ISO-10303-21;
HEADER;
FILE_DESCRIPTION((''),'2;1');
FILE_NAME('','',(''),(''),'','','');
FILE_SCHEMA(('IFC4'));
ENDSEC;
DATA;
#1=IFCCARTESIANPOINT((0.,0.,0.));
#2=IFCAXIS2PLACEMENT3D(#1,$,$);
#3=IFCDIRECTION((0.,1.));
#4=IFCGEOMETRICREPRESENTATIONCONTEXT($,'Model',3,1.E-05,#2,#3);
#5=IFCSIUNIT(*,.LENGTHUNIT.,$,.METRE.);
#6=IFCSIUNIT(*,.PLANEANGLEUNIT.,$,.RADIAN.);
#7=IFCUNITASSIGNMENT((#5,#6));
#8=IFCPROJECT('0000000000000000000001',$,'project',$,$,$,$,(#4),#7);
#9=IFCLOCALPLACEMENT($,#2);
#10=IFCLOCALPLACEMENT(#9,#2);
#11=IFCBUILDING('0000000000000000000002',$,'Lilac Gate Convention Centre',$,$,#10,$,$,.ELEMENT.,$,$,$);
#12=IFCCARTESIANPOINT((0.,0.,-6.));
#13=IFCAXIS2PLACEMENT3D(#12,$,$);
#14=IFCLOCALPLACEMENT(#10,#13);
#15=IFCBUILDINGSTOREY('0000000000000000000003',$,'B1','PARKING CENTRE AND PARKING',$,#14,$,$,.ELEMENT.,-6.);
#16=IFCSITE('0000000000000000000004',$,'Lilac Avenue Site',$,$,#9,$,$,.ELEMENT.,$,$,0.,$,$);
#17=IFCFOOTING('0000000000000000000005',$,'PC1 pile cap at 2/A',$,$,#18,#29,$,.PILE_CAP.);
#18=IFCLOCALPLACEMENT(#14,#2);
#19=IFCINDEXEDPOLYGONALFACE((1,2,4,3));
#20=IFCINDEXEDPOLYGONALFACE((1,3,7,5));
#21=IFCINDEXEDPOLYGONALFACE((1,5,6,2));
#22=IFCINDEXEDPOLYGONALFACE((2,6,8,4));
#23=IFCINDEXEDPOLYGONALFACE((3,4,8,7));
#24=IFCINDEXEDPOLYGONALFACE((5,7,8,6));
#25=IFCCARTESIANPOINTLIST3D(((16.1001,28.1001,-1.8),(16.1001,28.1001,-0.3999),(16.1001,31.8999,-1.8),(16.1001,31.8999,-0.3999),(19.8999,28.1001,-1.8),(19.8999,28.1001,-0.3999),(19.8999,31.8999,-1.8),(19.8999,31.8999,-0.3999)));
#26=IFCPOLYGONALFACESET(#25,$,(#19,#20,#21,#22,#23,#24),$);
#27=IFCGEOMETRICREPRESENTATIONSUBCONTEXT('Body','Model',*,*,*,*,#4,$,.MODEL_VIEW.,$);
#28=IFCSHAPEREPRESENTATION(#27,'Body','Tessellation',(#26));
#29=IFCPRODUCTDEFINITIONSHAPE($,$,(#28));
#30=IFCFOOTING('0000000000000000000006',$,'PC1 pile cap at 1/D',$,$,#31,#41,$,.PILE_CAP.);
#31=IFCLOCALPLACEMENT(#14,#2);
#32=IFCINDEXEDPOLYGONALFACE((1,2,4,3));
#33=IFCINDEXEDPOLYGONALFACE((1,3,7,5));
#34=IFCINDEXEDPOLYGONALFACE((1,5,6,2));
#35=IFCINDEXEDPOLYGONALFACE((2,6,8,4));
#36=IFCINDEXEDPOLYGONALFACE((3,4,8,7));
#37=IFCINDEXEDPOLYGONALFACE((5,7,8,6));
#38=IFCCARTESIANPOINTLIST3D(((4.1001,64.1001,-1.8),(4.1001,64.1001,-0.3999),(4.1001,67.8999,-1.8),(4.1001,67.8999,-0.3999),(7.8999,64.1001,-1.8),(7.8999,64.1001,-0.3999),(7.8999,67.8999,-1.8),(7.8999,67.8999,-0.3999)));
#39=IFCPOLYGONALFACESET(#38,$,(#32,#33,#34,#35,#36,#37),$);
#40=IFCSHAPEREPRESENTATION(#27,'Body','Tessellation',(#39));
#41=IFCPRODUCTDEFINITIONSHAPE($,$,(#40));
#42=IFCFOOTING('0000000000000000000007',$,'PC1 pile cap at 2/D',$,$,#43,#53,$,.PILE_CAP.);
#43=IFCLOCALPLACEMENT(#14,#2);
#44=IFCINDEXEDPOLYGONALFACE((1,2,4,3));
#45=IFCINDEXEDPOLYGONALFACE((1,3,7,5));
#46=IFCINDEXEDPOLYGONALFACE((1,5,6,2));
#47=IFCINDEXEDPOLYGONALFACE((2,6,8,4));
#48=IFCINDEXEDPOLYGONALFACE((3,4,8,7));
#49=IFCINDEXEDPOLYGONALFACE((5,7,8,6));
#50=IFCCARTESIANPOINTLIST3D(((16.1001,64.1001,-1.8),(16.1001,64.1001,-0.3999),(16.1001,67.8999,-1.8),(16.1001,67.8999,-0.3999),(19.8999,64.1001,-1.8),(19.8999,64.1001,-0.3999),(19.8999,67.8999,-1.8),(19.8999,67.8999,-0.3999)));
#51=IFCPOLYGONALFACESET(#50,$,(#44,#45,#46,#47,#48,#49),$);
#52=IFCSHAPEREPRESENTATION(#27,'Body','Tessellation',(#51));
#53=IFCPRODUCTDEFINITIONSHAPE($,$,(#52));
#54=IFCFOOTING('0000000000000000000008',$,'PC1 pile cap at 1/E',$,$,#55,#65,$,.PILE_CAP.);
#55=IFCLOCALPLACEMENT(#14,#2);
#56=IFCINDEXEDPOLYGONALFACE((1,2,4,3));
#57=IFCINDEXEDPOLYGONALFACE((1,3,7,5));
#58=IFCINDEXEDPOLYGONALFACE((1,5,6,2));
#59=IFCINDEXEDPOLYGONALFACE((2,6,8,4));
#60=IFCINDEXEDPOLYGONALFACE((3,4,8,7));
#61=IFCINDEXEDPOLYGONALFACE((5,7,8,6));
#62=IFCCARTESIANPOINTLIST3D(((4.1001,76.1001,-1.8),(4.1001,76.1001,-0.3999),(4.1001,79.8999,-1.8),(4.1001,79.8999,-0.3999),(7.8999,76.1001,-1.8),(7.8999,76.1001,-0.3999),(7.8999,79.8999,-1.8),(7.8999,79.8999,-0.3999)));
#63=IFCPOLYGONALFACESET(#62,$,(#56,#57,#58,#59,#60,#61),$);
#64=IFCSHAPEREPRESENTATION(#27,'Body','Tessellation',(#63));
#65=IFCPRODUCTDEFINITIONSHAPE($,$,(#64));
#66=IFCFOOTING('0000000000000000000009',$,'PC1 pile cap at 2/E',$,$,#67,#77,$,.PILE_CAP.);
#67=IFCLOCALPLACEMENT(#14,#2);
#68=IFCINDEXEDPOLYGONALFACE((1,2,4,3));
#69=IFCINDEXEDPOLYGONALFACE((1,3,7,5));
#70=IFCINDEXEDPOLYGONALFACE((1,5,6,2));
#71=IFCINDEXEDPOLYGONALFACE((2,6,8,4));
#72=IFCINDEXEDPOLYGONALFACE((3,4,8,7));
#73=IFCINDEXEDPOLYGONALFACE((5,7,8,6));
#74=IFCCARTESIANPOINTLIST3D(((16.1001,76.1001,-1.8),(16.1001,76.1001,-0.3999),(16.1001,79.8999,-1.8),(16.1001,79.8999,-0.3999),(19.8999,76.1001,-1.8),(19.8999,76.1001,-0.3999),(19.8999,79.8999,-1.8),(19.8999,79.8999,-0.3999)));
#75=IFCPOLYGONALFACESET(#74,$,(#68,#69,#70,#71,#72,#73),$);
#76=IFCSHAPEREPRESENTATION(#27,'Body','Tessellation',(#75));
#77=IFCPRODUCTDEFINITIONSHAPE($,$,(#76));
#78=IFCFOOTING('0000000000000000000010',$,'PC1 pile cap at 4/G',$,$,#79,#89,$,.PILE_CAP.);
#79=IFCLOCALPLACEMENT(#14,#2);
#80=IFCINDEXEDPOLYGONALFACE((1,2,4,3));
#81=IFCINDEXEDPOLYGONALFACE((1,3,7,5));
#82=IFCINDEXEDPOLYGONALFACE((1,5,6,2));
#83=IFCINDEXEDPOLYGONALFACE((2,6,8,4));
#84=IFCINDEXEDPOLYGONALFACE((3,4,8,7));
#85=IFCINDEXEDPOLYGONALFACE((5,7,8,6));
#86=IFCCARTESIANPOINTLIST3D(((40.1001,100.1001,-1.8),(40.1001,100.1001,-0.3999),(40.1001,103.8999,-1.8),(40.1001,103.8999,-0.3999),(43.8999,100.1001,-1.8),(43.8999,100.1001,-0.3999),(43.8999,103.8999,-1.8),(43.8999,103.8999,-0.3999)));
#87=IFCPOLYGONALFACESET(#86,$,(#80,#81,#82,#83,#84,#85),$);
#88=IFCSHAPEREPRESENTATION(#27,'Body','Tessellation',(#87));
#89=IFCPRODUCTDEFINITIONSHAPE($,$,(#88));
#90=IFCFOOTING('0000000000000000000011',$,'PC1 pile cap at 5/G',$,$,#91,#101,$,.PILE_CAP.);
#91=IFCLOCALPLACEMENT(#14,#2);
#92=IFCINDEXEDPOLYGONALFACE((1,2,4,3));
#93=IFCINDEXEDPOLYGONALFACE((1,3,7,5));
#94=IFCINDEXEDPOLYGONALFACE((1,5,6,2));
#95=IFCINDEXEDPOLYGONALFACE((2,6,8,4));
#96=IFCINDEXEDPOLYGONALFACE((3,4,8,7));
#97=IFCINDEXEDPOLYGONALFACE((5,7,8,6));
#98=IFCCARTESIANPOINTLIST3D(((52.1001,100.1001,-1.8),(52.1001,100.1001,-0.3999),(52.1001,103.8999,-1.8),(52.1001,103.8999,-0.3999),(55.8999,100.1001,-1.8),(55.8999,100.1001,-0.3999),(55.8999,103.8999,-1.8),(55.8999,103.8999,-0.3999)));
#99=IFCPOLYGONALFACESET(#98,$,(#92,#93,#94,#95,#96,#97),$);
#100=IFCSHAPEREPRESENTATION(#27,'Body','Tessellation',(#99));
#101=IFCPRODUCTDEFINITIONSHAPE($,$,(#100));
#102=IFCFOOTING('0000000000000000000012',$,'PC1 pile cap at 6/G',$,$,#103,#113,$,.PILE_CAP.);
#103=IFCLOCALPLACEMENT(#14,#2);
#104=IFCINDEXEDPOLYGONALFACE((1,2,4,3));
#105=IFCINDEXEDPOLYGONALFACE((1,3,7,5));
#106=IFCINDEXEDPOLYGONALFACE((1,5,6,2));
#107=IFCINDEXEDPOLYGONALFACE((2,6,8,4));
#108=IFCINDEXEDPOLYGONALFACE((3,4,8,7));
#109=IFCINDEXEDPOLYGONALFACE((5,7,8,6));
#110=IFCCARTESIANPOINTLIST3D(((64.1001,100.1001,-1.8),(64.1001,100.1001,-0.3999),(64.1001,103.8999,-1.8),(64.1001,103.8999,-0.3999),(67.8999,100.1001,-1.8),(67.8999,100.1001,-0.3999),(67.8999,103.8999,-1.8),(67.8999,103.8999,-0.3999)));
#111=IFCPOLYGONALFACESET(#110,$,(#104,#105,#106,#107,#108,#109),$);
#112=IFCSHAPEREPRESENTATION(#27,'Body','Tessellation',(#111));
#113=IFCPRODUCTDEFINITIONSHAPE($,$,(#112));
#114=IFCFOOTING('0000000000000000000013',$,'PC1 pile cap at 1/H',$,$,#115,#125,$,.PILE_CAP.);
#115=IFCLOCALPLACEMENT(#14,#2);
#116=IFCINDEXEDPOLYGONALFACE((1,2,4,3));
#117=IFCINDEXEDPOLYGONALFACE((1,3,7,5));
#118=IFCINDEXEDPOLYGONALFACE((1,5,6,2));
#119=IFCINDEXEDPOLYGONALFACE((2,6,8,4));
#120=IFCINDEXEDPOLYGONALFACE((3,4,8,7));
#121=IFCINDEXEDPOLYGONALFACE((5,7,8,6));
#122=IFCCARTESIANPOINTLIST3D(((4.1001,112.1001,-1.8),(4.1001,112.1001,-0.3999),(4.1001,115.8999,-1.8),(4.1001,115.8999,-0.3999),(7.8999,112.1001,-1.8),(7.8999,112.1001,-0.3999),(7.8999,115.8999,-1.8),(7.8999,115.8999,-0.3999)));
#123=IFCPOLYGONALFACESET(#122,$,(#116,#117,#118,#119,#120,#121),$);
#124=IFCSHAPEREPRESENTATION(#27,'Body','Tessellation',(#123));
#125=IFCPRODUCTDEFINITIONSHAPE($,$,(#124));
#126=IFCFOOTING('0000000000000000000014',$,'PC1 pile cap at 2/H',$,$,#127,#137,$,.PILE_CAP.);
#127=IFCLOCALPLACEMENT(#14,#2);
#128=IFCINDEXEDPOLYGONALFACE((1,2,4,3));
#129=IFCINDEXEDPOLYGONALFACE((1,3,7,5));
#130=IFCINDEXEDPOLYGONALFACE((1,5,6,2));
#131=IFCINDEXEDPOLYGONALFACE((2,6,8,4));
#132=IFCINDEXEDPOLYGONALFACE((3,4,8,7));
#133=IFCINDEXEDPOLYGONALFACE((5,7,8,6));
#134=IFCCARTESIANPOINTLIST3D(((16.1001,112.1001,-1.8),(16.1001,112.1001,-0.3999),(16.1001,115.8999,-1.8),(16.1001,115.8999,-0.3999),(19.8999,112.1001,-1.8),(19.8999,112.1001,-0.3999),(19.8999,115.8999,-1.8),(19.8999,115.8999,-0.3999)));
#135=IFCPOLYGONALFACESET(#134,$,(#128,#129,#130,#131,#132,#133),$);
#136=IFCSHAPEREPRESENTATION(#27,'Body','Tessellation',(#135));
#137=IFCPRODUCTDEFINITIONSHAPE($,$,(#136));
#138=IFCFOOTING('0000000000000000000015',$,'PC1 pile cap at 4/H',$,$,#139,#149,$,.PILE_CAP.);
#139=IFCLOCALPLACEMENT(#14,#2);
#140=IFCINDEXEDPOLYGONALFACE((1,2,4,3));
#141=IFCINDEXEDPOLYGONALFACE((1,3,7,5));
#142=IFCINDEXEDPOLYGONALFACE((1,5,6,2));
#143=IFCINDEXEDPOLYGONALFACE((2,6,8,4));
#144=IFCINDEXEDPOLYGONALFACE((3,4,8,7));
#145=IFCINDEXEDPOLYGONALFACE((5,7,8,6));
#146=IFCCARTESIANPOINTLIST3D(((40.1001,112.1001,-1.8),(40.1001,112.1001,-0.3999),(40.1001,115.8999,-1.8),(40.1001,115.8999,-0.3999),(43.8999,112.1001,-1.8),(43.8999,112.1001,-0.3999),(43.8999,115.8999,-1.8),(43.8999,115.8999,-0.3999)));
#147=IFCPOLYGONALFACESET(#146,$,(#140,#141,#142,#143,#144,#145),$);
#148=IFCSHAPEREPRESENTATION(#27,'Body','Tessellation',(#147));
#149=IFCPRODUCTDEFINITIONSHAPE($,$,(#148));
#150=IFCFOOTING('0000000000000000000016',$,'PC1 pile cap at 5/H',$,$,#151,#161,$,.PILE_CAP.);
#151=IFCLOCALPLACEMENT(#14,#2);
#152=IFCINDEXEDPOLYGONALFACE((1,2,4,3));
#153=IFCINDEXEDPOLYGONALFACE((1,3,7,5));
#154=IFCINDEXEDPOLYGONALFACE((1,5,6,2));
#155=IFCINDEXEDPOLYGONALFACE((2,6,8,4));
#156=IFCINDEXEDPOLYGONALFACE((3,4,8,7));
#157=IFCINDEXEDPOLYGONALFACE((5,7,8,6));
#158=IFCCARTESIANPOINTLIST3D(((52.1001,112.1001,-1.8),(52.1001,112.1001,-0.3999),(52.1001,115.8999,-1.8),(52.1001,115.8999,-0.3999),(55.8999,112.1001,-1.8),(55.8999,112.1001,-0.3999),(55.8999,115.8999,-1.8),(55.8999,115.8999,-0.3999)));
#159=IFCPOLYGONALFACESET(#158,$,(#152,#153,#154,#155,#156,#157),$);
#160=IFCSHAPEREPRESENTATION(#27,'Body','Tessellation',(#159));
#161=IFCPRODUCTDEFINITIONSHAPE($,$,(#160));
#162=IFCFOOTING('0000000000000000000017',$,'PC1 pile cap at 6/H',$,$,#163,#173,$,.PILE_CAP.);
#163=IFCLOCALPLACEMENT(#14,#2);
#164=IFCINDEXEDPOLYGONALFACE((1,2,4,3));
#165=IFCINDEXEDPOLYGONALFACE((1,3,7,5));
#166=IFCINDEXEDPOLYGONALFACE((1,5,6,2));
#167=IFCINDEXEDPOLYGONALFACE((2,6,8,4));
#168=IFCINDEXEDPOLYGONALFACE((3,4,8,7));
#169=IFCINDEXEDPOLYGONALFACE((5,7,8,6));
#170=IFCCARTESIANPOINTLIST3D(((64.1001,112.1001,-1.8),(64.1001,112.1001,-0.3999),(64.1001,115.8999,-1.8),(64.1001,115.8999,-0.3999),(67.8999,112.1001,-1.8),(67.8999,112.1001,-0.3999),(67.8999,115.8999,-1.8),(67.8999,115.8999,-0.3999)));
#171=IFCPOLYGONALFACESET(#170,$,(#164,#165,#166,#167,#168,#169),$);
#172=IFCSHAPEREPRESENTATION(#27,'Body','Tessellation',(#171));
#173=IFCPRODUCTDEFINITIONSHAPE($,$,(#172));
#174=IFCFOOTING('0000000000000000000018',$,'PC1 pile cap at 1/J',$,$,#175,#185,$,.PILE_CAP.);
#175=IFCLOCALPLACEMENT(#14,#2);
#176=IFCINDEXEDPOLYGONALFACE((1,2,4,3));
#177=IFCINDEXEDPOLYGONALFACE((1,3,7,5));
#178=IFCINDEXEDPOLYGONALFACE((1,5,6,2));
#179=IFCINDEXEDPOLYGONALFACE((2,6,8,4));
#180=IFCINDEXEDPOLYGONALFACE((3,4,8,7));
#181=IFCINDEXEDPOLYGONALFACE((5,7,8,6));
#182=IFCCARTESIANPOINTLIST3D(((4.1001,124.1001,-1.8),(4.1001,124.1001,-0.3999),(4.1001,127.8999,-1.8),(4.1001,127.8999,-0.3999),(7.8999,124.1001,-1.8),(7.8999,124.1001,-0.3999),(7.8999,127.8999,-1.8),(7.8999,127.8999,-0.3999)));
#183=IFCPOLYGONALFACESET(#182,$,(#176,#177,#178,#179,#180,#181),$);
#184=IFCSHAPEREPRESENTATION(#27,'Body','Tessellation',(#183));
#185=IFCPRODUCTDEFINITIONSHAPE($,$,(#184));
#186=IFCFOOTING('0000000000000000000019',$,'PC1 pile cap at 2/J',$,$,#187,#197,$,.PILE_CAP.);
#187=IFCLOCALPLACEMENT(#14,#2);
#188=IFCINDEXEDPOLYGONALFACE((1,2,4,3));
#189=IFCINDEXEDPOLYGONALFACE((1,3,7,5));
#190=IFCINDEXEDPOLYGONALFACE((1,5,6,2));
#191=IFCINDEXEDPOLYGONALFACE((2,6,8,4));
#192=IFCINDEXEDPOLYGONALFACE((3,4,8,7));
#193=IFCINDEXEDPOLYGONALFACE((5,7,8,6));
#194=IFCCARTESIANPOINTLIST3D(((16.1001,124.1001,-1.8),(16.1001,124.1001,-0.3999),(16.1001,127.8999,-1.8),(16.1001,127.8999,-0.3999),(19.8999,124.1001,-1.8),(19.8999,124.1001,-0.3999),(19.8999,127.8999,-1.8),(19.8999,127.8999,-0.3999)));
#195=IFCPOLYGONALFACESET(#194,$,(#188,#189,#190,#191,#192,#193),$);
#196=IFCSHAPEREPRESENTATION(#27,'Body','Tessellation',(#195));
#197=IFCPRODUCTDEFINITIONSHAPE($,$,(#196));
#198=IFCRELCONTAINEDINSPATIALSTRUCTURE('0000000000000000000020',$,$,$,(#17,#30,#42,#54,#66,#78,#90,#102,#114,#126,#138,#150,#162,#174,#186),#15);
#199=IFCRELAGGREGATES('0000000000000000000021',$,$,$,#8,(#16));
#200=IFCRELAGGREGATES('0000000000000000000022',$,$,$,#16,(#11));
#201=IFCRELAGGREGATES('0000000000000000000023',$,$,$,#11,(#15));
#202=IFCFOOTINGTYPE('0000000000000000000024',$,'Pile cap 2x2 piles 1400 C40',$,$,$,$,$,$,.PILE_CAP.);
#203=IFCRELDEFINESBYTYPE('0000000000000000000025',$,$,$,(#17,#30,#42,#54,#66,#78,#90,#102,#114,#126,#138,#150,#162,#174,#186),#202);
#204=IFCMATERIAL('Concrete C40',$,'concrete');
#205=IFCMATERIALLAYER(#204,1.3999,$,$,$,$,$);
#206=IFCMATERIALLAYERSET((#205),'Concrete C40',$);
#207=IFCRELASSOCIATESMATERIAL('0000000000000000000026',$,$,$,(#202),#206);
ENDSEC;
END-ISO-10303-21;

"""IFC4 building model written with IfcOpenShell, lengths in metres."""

from ifc_helpers import new_model, si_unit, direction, frame, origin, place, context, subcontext, project, spatial, polyline, outline, extrude, material, layer, layer_set, type_object, element, save


model = new_model("IFC4")

# Units and contexts
model_context = context("Model", 3, precision=1e-05, world=origin(), true_north=direction((0.0, 1.0)))
body_context = subcontext(model_context, "Body", "Model", "MODEL_VIEW")
ifc_project = project(units=[si_unit("LENGTHUNIT", "METRE"), si_unit("PLANEANGLEUNIT", "RADIAN")], contexts=[model_context])

# Site, building, storey
site_placement = place(None, origin())
site = spatial("IfcSite", under=ifc_project, at=site_placement, Name="Lilac Avenue Site", CompositionType="ELEMENT", RefElevation=0.0)
building_placement = place(site_placement, origin())
building = spatial("IfcBuilding", under=site, at=building_placement, Name="Lilac Gate Convention Centre", CompositionType="ELEMENT")
storey_placement = place(building_placement, frame((0.0, 0.0, -6.0)))
storey = spatial("IfcBuildingStorey", under=building, at=storey_placement, Name="B1", Description="PARKING CENTRE AND PARKING", CompositionType="ELEMENT", Elevation=-6.0)

# Footings
ifc_material = material(Name="Concrete C40", Category="concrete")
ifc_layer_1 = layer(ifc_material, 1.3999)
ifc_layer_set_1 = layer_set([ifc_layer_1], Name="Concrete C40")
footing_type = type_object("IfcFootingType", Name="Pile cap 2x2 piles 1400 C40", PredefinedType="PILE_CAP", material=ifc_layer_set_1)
footing_1_placement = place(storey_placement, frame((0.0, 0.0, -1.8)))
element("IfcFooting", 1, at=footing_1_placement, inside=storey, type_object=footing_type, Name="PC1 pile cap at 2/A", PredefinedType="PILE_CAP", context=body_context, shape_type="SweptSolid", body=[
    extrude(outline(polyline([(16.1001, 28.1001), (19.8999, 28.1001), (19.8999, 31.8999), (16.1001, 31.8999), (16.1001, 28.1001)])), origin(), (0.0, 0.0, 1.0), 1.4001),
])
footing_2_placement = place(storey_placement, frame((0.0, 0.0, -1.8)))
element("IfcFooting", 2, at=footing_2_placement, inside=storey, type_object=footing_type, Name="PC1 pile cap at 1/D", PredefinedType="PILE_CAP", context=body_context, shape_type="SweptSolid", body=[
    extrude(outline(polyline([(4.1001, 64.1001), (7.8999, 64.1001), (7.8999, 67.8999), (4.1001, 67.8999), (4.1001, 64.1001)])), origin(), (0.0, 0.0, 1.0), 1.4001),
])
footing_3_placement = place(storey_placement, frame((0.0, 0.0, -1.8)))
element("IfcFooting", 3, at=footing_3_placement, inside=storey, type_object=footing_type, Name="PC1 pile cap at 2/D", PredefinedType="PILE_CAP", context=body_context, shape_type="SweptSolid", body=[
    extrude(outline(polyline([(16.1001, 64.1001), (19.8999, 64.1001), (19.8999, 67.8999), (16.1001, 67.8999), (16.1001, 64.1001)])), origin(), (0.0, 0.0, 1.0), 1.4001),
])
footing_4_placement = place(storey_placement, frame((0.0, 0.0, -1.8)))
element("IfcFooting", 4, at=footing_4_placement, inside=storey, type_object=footing_type, Name="PC1 pile cap at 1/E", PredefinedType="PILE_CAP", context=body_context, shape_type="SweptSolid", body=[
    extrude(outline(polyline([(4.1001, 76.1001), (7.8999, 76.1001), (7.8999, 79.8999), (4.1001, 79.8999), (4.1001, 76.1001)])), origin(), (0.0, 0.0, 1.0), 1.4001),
])
footing_5_placement = place(storey_placement, frame((0.0, 0.0, -1.8)))
element("IfcFooting", 5, at=footing_5_placement, inside=storey, type_object=footing_type, Name="PC1 pile cap at 2/E", PredefinedType="PILE_CAP", context=body_context, shape_type="SweptSolid", body=[
    extrude(outline(polyline([(16.1001, 76.1001), (19.8999, 76.1001), (19.8999, 79.8999), (16.1001, 79.8999), (16.1001, 76.1001)])), origin(), (0.0, 0.0, 1.0), 1.4001),
])
footing_6_placement = place(storey_placement, frame((0.0, 0.0, -1.8)))
element("IfcFooting", 6, at=footing_6_placement, inside=storey, type_object=footing_type, Name="PC1 pile cap at 4/G", PredefinedType="PILE_CAP", context=body_context, shape_type="SweptSolid", body=[
    extrude(outline(polyline([(40.1001, 100.1001), (43.8999, 100.1001), (43.8999, 103.8999), (40.1001, 103.8999), (40.1001, 100.1001)])), origin(), (0.0, 0.0, 1.0), 1.4001),
])
footing_7_placement = place(storey_placement, frame((0.0, 0.0, -1.8)))
element("IfcFooting", 7, at=footing_7_placement, inside=storey, type_object=footing_type, Name="PC1 pile cap at 5/G", PredefinedType="PILE_CAP", context=body_context, shape_type="SweptSolid", body=[
    extrude(outline(polyline([(52.1001, 100.1001), (55.8999, 100.1001), (55.8999, 103.8999), (52.1001, 103.8999), (52.1001, 100.1001)])), origin(), (0.0, 0.0, 1.0), 1.4001),
])
footing_8_placement = place(storey_placement, frame((0.0, 0.0, -1.8)))
element("IfcFooting", 8, at=footing_8_placement, inside=storey, type_object=footing_type, Name="PC1 pile cap at 6/G", PredefinedType="PILE_CAP", context=body_context, shape_type="SweptSolid", body=[
    extrude(outline(polyline([(64.1001, 100.1001), (67.8999, 100.1001), (67.8999, 103.8999), (64.1001, 103.8999), (64.1001, 100.1001)])), origin(), (0.0, 0.0, 1.0), 1.4001),
])
footing_9_placement = place(storey_placement, frame((0.0, 0.0, -1.8)))
element("IfcFooting", 9, at=footing_9_placement, inside=storey, type_object=footing_type, Name="PC1 pile cap at 1/H", PredefinedType="PILE_CAP", context=body_context, shape_type="SweptSolid", body=[
    extrude(outline(polyline([(4.1001, 112.1001), (7.8999, 112.1001), (7.8999, 115.8999), (4.1001, 115.8999), (4.1001, 112.1001)])), origin(), (0.0, 0.0, 1.0), 1.4001),
])
footing_10_placement = place(storey_placement, frame((0.0, 0.0, -1.8)))
element("IfcFooting", 10, at=footing_10_placement, inside=storey, type_object=footing_type, Name="PC1 pile cap at 2/H", PredefinedType="PILE_CAP", context=body_context, shape_type="SweptSolid", body=[
    extrude(outline(polyline([(16.1001, 112.1001), (19.8999, 112.1001), (19.8999, 115.8999), (16.1001, 115.8999), (16.1001, 112.1001)])), origin(), (0.0, 0.0, 1.0), 1.4001),
])
footing_11_placement = place(storey_placement, frame((0.0, 0.0, -1.8)))
element("IfcFooting", 11, at=footing_11_placement, inside=storey, type_object=footing_type, Name="PC1 pile cap at 4/H", PredefinedType="PILE_CAP", context=body_context, shape_type="SweptSolid", body=[
    extrude(outline(polyline([(40.1001, 112.1001), (43.8999, 112.1001), (43.8999, 115.8999), (40.1001, 115.8999), (40.1001, 112.1001)])), origin(), (0.0, 0.0, 1.0), 1.4001),
])
footing_12_placement = place(storey_placement, frame((0.0, 0.0, -1.8)))
element("IfcFooting", 12, at=footing_12_placement, inside=storey, type_object=footing_type, Name="PC1 pile cap at 5/H", PredefinedType="PILE_CAP", context=body_context, shape_type="SweptSolid", body=[
    extrude(outline(polyline([(52.1001, 112.1001), (55.8999, 112.1001), (55.8999, 115.8999), (52.1001, 115.8999), (52.1001, 112.1001)])), origin(), (0.0, 0.0, 1.0), 1.4001),
])
footing_13_placement = place(storey_placement, frame((0.0, 0.0, -1.8)))
element("IfcFooting", 13, at=footing_13_placement, inside=storey, type_object=footing_type, Name="PC1 pile cap at 6/H", PredefinedType="PILE_CAP", context=body_context, shape_type="SweptSolid", body=[
    extrude(outline(polyline([(64.1001, 112.1001), (67.8999, 112.1001), (67.8999, 115.8999), (64.1001, 115.8999), (64.1001, 112.1001)])), origin(), (0.0, 0.0, 1.0), 1.4001),
])
footing_14_placement = place(storey_placement, frame((0.0, 0.0, -1.8)))
element("IfcFooting", 14, at=footing_14_placement, inside=storey, type_object=footing_type, Name="PC1 pile cap at 1/J", PredefinedType="PILE_CAP", context=body_context, shape_type="SweptSolid", body=[
    extrude(outline(polyline([(4.1001, 124.1001), (7.8999, 124.1001), (7.8999, 127.8999), (4.1001, 127.8999), (4.1001, 124.1001)])), origin(), (0.0, 0.0, 1.0), 1.4001),
])
footing_15_placement = place(storey_placement, frame((0.0, 0.0, -1.8)))
element("IfcFooting", 15, at=footing_15_placement, inside=storey, type_object=footing_type, Name="PC1 pile cap at 2/J", PredefinedType="PILE_CAP", context=body_context, shape_type="SweptSolid", body=[
    extrude(outline(polyline([(16.1001, 124.1001), (19.8999, 124.1001), (19.8999, 127.8999), (16.1001, 127.8999), (16.1001, 124.1001)])), origin(), (0.0, 0.0, 1.0), 1.4001),
])

save(model, "model.ifc")
